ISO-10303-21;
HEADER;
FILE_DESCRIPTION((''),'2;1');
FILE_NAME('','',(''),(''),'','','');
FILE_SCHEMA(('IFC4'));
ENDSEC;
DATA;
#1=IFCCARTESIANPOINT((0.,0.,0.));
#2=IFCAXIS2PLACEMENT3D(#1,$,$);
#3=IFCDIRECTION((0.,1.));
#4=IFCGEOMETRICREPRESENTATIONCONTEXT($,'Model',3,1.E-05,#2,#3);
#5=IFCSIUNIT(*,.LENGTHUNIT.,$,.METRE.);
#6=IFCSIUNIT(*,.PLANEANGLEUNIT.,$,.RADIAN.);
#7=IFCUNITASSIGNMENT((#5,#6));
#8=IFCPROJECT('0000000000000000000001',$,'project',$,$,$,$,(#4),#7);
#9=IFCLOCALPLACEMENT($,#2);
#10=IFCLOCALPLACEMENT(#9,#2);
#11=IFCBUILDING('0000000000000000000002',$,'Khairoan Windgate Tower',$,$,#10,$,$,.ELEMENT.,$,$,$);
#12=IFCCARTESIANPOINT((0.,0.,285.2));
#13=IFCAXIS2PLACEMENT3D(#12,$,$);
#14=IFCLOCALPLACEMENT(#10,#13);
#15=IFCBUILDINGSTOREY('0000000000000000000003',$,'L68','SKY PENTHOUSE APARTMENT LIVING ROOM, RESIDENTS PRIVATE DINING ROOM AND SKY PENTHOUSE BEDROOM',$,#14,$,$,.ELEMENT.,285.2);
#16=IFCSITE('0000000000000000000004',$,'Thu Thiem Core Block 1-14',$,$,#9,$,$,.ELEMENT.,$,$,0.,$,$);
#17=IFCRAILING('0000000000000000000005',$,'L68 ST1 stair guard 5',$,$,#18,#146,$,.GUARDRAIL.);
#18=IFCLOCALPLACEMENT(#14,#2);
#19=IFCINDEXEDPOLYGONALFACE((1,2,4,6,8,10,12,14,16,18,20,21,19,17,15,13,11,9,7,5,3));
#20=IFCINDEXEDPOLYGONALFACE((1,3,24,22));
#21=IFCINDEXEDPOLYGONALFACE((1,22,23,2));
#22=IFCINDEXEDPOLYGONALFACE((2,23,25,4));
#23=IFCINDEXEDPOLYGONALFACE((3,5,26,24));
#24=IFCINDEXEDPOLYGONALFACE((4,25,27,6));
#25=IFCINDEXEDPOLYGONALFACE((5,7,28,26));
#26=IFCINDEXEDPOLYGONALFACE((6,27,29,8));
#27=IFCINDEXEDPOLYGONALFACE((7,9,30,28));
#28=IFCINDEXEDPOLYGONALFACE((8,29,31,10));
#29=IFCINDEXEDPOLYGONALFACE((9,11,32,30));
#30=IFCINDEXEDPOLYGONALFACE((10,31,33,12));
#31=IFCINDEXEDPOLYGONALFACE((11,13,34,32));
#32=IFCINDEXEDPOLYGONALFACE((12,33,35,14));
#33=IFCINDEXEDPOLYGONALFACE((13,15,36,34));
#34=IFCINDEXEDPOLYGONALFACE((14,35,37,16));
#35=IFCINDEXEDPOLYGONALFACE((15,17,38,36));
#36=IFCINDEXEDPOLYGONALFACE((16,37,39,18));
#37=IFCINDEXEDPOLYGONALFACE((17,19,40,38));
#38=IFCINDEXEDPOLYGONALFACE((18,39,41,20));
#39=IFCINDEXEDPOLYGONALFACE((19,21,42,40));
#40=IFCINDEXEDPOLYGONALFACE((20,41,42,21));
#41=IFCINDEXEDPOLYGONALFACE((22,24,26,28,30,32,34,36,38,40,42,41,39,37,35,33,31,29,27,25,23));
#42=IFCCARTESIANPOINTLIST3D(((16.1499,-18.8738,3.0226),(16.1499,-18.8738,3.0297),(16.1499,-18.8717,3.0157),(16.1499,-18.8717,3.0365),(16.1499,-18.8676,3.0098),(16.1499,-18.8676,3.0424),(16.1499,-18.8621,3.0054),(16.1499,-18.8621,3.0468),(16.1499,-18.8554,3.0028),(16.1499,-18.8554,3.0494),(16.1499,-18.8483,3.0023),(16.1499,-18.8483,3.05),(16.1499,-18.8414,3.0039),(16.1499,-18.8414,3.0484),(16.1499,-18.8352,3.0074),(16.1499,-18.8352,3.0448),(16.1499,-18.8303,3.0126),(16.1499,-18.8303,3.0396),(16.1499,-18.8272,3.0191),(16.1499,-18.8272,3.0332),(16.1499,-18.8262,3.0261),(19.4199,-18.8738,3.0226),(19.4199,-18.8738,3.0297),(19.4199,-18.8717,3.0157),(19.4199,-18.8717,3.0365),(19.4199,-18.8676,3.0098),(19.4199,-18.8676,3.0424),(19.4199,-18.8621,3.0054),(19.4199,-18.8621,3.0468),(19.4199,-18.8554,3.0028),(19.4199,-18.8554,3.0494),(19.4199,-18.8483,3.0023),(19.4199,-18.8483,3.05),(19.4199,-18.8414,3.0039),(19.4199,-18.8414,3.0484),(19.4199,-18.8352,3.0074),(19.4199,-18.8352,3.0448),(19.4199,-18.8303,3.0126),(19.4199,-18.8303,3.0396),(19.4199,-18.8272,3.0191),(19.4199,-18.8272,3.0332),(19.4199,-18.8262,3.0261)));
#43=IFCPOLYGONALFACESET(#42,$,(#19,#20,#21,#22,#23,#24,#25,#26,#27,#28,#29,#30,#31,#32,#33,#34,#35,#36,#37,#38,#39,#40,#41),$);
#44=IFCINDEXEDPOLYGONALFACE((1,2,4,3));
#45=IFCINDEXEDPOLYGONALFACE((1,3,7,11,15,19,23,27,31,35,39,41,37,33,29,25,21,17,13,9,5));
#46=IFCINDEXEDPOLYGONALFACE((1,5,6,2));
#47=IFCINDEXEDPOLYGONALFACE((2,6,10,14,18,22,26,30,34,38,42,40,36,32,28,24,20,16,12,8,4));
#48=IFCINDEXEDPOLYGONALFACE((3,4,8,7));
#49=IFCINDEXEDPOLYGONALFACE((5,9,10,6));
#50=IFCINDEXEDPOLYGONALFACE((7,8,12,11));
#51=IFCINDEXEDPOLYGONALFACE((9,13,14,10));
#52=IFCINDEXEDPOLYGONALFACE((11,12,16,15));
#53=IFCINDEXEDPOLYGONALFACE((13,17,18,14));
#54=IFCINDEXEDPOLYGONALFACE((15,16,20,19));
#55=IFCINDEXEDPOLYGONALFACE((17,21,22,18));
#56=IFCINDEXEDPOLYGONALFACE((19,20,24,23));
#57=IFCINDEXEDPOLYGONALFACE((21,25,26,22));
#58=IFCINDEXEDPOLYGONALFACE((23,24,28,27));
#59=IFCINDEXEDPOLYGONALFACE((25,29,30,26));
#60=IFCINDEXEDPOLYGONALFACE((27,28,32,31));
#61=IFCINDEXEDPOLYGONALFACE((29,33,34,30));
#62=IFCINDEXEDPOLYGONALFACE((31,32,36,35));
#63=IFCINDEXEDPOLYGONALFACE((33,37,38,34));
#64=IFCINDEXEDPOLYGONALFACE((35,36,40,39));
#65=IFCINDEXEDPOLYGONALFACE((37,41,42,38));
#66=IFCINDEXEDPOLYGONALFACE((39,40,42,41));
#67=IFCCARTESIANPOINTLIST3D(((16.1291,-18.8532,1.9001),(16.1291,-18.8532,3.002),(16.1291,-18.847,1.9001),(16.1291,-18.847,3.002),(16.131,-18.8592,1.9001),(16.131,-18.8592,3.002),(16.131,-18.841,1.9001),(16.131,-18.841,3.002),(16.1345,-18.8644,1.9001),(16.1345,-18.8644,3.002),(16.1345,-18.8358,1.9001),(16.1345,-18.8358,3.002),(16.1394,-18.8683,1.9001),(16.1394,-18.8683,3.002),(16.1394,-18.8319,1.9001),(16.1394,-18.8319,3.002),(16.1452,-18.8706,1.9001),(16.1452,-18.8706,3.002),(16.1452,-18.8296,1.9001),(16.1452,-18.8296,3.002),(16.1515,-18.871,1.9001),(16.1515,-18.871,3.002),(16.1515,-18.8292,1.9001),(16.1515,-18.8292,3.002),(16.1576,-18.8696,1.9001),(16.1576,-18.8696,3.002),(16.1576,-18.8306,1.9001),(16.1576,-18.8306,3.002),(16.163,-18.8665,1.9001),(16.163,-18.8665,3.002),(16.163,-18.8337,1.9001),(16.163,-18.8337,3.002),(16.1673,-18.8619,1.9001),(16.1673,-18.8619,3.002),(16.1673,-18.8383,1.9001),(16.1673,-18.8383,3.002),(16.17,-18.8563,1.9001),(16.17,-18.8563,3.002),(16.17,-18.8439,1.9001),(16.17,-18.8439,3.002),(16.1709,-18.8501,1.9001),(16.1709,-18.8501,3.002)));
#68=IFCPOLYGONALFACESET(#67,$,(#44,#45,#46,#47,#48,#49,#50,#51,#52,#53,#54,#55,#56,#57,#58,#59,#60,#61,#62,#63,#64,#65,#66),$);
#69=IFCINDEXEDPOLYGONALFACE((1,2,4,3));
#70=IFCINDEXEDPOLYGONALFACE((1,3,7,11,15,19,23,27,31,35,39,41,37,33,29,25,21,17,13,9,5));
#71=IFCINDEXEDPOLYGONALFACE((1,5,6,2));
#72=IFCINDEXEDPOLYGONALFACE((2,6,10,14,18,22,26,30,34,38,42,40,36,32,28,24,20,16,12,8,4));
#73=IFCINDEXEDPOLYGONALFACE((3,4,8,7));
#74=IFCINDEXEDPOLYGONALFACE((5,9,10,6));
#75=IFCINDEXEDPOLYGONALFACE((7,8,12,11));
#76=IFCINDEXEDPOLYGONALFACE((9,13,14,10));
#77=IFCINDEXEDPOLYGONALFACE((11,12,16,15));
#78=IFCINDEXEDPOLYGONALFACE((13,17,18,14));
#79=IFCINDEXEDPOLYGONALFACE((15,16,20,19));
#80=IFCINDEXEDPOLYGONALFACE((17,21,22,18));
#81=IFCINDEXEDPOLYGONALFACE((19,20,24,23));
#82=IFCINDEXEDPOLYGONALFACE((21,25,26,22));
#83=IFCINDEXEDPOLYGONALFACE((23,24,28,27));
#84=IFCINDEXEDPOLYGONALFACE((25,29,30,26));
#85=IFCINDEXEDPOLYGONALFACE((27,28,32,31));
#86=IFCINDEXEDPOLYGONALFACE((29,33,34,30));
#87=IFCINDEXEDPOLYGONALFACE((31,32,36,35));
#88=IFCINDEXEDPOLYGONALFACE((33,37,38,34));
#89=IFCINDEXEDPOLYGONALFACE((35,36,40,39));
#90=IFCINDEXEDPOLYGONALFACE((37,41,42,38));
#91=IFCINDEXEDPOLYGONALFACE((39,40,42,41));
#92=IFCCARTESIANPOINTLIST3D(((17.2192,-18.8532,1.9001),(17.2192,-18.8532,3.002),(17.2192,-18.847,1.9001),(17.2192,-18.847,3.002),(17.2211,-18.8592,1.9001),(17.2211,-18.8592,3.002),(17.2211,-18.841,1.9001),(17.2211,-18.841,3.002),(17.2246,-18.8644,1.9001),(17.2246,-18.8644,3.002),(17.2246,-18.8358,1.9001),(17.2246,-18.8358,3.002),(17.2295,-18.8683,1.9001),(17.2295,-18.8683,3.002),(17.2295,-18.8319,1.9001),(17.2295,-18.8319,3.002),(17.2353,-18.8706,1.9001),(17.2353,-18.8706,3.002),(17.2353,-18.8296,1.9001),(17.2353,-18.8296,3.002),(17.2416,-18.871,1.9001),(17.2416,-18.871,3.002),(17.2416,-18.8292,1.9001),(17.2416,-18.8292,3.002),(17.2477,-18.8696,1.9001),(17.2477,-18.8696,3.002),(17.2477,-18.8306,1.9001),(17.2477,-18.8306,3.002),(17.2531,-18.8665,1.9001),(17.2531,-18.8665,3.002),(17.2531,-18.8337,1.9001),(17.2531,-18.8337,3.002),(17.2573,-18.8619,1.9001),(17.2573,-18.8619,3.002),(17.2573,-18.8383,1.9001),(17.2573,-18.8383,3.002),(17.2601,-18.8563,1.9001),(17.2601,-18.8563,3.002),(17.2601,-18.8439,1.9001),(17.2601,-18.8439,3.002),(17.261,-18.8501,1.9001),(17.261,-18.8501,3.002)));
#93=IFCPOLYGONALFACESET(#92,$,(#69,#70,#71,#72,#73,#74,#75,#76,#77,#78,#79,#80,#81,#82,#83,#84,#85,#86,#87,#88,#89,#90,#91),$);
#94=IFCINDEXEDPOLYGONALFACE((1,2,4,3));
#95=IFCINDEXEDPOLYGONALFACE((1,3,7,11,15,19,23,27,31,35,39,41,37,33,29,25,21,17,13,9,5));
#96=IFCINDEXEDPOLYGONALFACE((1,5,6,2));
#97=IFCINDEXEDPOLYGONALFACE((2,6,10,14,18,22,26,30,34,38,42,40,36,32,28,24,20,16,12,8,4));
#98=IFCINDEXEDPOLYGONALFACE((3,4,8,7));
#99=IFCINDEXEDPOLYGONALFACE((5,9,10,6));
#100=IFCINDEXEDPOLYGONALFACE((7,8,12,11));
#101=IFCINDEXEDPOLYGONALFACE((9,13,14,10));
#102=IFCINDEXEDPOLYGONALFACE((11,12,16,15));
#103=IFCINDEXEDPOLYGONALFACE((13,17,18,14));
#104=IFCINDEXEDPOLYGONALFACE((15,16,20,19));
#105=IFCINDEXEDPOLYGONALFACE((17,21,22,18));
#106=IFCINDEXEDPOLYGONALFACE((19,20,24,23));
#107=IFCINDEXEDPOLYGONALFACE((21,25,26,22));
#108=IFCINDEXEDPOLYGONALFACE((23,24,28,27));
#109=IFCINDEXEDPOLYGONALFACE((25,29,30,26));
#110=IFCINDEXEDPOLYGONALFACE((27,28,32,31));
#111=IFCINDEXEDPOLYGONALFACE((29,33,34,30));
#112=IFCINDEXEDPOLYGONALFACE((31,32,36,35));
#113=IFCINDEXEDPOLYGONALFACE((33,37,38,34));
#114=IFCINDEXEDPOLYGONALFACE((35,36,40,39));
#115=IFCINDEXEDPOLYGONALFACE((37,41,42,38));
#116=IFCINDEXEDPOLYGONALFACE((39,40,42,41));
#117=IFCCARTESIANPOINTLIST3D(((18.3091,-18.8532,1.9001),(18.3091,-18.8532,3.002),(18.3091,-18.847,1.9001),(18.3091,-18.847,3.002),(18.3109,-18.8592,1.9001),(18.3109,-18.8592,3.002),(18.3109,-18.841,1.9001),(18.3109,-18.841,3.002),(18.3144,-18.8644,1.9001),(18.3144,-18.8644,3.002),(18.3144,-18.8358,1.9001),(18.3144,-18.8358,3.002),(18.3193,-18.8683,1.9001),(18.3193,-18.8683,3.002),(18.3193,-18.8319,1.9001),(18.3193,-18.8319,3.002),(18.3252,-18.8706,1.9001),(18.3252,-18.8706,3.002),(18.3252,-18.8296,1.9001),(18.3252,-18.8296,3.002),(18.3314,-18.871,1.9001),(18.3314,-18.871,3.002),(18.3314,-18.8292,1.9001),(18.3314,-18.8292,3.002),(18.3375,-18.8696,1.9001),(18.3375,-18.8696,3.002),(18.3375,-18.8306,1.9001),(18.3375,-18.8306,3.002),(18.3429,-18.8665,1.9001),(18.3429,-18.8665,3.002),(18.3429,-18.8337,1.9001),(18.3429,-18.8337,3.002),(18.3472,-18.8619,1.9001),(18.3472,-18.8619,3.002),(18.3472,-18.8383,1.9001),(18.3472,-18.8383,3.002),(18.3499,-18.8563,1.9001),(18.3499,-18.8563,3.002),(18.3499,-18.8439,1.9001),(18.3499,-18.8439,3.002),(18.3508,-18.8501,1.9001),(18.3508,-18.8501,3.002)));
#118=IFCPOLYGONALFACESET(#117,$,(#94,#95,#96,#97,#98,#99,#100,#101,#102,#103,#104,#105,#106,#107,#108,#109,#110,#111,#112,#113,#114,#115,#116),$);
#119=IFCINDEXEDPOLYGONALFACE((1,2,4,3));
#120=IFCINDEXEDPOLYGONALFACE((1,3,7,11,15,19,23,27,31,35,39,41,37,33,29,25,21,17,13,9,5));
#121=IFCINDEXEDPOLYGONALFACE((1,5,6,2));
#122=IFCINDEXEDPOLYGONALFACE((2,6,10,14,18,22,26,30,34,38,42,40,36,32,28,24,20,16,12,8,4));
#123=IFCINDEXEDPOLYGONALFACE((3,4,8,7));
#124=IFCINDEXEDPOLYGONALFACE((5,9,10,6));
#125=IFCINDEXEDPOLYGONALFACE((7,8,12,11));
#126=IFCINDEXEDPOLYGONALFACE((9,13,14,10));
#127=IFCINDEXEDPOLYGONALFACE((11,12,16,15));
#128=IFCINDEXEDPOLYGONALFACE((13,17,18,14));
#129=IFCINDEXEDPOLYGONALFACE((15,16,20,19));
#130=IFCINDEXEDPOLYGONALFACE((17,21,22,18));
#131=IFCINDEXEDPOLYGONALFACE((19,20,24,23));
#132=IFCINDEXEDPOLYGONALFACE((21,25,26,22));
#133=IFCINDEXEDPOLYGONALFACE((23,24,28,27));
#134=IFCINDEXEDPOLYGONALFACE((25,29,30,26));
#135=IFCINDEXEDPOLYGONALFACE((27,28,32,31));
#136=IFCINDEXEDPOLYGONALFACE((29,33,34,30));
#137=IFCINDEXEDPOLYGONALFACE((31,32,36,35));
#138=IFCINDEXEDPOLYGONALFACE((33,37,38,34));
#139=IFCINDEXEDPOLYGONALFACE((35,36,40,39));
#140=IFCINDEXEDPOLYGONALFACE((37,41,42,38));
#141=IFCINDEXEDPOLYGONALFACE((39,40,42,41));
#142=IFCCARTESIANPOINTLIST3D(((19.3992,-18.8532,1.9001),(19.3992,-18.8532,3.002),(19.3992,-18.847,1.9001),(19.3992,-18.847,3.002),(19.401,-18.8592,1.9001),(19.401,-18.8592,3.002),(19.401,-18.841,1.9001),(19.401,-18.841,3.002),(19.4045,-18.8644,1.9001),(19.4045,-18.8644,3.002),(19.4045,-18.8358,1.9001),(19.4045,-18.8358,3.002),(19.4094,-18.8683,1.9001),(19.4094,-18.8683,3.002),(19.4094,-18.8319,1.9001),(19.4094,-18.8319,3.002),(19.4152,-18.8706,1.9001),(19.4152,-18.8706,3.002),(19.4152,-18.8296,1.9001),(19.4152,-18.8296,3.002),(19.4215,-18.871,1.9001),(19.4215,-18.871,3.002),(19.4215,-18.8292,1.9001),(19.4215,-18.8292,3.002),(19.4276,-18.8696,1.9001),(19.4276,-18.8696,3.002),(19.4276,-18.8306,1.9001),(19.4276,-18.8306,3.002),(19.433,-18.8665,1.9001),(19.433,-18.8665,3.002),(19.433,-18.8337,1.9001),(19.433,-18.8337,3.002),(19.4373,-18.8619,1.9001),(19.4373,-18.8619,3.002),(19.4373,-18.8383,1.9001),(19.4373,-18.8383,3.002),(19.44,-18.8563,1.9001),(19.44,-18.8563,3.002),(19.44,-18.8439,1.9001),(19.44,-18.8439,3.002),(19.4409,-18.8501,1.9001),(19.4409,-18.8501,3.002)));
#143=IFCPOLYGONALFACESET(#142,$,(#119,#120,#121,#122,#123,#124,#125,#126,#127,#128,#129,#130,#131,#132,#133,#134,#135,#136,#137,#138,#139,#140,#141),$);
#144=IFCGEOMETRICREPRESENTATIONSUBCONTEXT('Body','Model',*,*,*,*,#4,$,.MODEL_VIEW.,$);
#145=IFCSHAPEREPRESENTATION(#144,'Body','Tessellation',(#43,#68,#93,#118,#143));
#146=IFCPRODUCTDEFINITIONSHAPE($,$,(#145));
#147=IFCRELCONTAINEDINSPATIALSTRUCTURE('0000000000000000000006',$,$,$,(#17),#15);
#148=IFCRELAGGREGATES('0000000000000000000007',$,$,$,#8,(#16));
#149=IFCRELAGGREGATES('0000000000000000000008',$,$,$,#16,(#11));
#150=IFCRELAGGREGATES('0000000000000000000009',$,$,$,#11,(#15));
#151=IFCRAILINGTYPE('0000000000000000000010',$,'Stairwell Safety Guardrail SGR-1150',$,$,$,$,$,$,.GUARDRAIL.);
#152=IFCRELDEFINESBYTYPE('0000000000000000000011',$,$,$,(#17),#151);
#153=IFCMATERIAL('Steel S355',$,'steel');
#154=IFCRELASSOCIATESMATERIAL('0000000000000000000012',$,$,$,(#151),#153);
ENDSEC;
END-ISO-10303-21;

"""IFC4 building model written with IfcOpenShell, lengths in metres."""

from ifc_helpers import new_model, si_unit, direction, frame, origin, origin_2d, place, context, subcontext, project, spatial, circle, extrude, material, type_object, element, save


model = new_model("IFC4")

# Units and contexts
model_context = context("Model", 3, precision=1e-05, world=origin(), true_north=direction((0.0, 1.0)))
body_context = subcontext(model_context, "Body", "Model", "MODEL_VIEW")
ifc_project = project(units=[si_unit("LENGTHUNIT", "METRE"), si_unit("PLANEANGLEUNIT", "RADIAN")], contexts=[model_context])

# Site, building, storey
site_placement = place(None, origin())
site = spatial("IfcSite", under=ifc_project, at=site_placement, Name="Thu Thiem Core Block 1-14", CompositionType="ELEMENT", RefElevation=0.0)
building_placement = place(site_placement, origin())
building = spatial("IfcBuilding", under=site, at=building_placement, Name="Khairoan Windgate Tower", CompositionType="ELEMENT")
storey_placement = place(building_placement, frame((0.0, 0.0, 285.2)))
storey = spatial("IfcBuildingStorey", under=building, at=storey_placement, Name="L68", Description="SKY PENTHOUSE APARTMENT LIVING ROOM, RESIDENTS PRIVATE DINING ROOM AND SKY PENTHOUSE BEDROOM", CompositionType="ELEMENT", Elevation=285.2)

# Railing
ifc_material_1 = material(Name="Steel S355", Category="steel")
railing_type = type_object("IfcRailingType", Name="Stairwell Safety Guardrail SGR-1150", PredefinedType="GUARDRAIL", material=ifc_material_1)
railing_placement = place(storey_placement, frame((16.1499, -18.8501, 1.9001)))
element("IfcRailing", 1, at=railing_placement, inside=storey, type_object=railing_type, Name="L68 ST1 stair guard 5", PredefinedType="GUARDRAIL", context=body_context, shape_type="SweptSolid", body=[
    extrude(circle(Radius=0.0239, at=origin_2d()), frame((0.0, 0.0, 1.126), z_axis=(1.0, 0.0, 0.0), x_axis=(0.0, 1.0, 0.0)), (0.0, 0.0, 1.0), 3.27),
    extrude(circle(Radius=0.021, at=origin_2d()), origin(), (0.0, 0.0, 1.0), 1.1018),
    extrude(circle(Radius=0.021, at=origin_2d()), frame((1.0901, 0.0, 0.0)), (0.0, 0.0, 1.0), 1.1018),
    extrude(circle(Radius=0.021, at=origin_2d()), frame((2.1799, 0.0, 0.0)), (0.0, 0.0, 1.0), 1.1018),
    extrude(circle(Radius=0.021, at=origin_2d()), frame((3.27, 0.0, 0.0)), (0.0, 0.0, 1.0), 1.1018),
])

save(model, "model.ifc")
